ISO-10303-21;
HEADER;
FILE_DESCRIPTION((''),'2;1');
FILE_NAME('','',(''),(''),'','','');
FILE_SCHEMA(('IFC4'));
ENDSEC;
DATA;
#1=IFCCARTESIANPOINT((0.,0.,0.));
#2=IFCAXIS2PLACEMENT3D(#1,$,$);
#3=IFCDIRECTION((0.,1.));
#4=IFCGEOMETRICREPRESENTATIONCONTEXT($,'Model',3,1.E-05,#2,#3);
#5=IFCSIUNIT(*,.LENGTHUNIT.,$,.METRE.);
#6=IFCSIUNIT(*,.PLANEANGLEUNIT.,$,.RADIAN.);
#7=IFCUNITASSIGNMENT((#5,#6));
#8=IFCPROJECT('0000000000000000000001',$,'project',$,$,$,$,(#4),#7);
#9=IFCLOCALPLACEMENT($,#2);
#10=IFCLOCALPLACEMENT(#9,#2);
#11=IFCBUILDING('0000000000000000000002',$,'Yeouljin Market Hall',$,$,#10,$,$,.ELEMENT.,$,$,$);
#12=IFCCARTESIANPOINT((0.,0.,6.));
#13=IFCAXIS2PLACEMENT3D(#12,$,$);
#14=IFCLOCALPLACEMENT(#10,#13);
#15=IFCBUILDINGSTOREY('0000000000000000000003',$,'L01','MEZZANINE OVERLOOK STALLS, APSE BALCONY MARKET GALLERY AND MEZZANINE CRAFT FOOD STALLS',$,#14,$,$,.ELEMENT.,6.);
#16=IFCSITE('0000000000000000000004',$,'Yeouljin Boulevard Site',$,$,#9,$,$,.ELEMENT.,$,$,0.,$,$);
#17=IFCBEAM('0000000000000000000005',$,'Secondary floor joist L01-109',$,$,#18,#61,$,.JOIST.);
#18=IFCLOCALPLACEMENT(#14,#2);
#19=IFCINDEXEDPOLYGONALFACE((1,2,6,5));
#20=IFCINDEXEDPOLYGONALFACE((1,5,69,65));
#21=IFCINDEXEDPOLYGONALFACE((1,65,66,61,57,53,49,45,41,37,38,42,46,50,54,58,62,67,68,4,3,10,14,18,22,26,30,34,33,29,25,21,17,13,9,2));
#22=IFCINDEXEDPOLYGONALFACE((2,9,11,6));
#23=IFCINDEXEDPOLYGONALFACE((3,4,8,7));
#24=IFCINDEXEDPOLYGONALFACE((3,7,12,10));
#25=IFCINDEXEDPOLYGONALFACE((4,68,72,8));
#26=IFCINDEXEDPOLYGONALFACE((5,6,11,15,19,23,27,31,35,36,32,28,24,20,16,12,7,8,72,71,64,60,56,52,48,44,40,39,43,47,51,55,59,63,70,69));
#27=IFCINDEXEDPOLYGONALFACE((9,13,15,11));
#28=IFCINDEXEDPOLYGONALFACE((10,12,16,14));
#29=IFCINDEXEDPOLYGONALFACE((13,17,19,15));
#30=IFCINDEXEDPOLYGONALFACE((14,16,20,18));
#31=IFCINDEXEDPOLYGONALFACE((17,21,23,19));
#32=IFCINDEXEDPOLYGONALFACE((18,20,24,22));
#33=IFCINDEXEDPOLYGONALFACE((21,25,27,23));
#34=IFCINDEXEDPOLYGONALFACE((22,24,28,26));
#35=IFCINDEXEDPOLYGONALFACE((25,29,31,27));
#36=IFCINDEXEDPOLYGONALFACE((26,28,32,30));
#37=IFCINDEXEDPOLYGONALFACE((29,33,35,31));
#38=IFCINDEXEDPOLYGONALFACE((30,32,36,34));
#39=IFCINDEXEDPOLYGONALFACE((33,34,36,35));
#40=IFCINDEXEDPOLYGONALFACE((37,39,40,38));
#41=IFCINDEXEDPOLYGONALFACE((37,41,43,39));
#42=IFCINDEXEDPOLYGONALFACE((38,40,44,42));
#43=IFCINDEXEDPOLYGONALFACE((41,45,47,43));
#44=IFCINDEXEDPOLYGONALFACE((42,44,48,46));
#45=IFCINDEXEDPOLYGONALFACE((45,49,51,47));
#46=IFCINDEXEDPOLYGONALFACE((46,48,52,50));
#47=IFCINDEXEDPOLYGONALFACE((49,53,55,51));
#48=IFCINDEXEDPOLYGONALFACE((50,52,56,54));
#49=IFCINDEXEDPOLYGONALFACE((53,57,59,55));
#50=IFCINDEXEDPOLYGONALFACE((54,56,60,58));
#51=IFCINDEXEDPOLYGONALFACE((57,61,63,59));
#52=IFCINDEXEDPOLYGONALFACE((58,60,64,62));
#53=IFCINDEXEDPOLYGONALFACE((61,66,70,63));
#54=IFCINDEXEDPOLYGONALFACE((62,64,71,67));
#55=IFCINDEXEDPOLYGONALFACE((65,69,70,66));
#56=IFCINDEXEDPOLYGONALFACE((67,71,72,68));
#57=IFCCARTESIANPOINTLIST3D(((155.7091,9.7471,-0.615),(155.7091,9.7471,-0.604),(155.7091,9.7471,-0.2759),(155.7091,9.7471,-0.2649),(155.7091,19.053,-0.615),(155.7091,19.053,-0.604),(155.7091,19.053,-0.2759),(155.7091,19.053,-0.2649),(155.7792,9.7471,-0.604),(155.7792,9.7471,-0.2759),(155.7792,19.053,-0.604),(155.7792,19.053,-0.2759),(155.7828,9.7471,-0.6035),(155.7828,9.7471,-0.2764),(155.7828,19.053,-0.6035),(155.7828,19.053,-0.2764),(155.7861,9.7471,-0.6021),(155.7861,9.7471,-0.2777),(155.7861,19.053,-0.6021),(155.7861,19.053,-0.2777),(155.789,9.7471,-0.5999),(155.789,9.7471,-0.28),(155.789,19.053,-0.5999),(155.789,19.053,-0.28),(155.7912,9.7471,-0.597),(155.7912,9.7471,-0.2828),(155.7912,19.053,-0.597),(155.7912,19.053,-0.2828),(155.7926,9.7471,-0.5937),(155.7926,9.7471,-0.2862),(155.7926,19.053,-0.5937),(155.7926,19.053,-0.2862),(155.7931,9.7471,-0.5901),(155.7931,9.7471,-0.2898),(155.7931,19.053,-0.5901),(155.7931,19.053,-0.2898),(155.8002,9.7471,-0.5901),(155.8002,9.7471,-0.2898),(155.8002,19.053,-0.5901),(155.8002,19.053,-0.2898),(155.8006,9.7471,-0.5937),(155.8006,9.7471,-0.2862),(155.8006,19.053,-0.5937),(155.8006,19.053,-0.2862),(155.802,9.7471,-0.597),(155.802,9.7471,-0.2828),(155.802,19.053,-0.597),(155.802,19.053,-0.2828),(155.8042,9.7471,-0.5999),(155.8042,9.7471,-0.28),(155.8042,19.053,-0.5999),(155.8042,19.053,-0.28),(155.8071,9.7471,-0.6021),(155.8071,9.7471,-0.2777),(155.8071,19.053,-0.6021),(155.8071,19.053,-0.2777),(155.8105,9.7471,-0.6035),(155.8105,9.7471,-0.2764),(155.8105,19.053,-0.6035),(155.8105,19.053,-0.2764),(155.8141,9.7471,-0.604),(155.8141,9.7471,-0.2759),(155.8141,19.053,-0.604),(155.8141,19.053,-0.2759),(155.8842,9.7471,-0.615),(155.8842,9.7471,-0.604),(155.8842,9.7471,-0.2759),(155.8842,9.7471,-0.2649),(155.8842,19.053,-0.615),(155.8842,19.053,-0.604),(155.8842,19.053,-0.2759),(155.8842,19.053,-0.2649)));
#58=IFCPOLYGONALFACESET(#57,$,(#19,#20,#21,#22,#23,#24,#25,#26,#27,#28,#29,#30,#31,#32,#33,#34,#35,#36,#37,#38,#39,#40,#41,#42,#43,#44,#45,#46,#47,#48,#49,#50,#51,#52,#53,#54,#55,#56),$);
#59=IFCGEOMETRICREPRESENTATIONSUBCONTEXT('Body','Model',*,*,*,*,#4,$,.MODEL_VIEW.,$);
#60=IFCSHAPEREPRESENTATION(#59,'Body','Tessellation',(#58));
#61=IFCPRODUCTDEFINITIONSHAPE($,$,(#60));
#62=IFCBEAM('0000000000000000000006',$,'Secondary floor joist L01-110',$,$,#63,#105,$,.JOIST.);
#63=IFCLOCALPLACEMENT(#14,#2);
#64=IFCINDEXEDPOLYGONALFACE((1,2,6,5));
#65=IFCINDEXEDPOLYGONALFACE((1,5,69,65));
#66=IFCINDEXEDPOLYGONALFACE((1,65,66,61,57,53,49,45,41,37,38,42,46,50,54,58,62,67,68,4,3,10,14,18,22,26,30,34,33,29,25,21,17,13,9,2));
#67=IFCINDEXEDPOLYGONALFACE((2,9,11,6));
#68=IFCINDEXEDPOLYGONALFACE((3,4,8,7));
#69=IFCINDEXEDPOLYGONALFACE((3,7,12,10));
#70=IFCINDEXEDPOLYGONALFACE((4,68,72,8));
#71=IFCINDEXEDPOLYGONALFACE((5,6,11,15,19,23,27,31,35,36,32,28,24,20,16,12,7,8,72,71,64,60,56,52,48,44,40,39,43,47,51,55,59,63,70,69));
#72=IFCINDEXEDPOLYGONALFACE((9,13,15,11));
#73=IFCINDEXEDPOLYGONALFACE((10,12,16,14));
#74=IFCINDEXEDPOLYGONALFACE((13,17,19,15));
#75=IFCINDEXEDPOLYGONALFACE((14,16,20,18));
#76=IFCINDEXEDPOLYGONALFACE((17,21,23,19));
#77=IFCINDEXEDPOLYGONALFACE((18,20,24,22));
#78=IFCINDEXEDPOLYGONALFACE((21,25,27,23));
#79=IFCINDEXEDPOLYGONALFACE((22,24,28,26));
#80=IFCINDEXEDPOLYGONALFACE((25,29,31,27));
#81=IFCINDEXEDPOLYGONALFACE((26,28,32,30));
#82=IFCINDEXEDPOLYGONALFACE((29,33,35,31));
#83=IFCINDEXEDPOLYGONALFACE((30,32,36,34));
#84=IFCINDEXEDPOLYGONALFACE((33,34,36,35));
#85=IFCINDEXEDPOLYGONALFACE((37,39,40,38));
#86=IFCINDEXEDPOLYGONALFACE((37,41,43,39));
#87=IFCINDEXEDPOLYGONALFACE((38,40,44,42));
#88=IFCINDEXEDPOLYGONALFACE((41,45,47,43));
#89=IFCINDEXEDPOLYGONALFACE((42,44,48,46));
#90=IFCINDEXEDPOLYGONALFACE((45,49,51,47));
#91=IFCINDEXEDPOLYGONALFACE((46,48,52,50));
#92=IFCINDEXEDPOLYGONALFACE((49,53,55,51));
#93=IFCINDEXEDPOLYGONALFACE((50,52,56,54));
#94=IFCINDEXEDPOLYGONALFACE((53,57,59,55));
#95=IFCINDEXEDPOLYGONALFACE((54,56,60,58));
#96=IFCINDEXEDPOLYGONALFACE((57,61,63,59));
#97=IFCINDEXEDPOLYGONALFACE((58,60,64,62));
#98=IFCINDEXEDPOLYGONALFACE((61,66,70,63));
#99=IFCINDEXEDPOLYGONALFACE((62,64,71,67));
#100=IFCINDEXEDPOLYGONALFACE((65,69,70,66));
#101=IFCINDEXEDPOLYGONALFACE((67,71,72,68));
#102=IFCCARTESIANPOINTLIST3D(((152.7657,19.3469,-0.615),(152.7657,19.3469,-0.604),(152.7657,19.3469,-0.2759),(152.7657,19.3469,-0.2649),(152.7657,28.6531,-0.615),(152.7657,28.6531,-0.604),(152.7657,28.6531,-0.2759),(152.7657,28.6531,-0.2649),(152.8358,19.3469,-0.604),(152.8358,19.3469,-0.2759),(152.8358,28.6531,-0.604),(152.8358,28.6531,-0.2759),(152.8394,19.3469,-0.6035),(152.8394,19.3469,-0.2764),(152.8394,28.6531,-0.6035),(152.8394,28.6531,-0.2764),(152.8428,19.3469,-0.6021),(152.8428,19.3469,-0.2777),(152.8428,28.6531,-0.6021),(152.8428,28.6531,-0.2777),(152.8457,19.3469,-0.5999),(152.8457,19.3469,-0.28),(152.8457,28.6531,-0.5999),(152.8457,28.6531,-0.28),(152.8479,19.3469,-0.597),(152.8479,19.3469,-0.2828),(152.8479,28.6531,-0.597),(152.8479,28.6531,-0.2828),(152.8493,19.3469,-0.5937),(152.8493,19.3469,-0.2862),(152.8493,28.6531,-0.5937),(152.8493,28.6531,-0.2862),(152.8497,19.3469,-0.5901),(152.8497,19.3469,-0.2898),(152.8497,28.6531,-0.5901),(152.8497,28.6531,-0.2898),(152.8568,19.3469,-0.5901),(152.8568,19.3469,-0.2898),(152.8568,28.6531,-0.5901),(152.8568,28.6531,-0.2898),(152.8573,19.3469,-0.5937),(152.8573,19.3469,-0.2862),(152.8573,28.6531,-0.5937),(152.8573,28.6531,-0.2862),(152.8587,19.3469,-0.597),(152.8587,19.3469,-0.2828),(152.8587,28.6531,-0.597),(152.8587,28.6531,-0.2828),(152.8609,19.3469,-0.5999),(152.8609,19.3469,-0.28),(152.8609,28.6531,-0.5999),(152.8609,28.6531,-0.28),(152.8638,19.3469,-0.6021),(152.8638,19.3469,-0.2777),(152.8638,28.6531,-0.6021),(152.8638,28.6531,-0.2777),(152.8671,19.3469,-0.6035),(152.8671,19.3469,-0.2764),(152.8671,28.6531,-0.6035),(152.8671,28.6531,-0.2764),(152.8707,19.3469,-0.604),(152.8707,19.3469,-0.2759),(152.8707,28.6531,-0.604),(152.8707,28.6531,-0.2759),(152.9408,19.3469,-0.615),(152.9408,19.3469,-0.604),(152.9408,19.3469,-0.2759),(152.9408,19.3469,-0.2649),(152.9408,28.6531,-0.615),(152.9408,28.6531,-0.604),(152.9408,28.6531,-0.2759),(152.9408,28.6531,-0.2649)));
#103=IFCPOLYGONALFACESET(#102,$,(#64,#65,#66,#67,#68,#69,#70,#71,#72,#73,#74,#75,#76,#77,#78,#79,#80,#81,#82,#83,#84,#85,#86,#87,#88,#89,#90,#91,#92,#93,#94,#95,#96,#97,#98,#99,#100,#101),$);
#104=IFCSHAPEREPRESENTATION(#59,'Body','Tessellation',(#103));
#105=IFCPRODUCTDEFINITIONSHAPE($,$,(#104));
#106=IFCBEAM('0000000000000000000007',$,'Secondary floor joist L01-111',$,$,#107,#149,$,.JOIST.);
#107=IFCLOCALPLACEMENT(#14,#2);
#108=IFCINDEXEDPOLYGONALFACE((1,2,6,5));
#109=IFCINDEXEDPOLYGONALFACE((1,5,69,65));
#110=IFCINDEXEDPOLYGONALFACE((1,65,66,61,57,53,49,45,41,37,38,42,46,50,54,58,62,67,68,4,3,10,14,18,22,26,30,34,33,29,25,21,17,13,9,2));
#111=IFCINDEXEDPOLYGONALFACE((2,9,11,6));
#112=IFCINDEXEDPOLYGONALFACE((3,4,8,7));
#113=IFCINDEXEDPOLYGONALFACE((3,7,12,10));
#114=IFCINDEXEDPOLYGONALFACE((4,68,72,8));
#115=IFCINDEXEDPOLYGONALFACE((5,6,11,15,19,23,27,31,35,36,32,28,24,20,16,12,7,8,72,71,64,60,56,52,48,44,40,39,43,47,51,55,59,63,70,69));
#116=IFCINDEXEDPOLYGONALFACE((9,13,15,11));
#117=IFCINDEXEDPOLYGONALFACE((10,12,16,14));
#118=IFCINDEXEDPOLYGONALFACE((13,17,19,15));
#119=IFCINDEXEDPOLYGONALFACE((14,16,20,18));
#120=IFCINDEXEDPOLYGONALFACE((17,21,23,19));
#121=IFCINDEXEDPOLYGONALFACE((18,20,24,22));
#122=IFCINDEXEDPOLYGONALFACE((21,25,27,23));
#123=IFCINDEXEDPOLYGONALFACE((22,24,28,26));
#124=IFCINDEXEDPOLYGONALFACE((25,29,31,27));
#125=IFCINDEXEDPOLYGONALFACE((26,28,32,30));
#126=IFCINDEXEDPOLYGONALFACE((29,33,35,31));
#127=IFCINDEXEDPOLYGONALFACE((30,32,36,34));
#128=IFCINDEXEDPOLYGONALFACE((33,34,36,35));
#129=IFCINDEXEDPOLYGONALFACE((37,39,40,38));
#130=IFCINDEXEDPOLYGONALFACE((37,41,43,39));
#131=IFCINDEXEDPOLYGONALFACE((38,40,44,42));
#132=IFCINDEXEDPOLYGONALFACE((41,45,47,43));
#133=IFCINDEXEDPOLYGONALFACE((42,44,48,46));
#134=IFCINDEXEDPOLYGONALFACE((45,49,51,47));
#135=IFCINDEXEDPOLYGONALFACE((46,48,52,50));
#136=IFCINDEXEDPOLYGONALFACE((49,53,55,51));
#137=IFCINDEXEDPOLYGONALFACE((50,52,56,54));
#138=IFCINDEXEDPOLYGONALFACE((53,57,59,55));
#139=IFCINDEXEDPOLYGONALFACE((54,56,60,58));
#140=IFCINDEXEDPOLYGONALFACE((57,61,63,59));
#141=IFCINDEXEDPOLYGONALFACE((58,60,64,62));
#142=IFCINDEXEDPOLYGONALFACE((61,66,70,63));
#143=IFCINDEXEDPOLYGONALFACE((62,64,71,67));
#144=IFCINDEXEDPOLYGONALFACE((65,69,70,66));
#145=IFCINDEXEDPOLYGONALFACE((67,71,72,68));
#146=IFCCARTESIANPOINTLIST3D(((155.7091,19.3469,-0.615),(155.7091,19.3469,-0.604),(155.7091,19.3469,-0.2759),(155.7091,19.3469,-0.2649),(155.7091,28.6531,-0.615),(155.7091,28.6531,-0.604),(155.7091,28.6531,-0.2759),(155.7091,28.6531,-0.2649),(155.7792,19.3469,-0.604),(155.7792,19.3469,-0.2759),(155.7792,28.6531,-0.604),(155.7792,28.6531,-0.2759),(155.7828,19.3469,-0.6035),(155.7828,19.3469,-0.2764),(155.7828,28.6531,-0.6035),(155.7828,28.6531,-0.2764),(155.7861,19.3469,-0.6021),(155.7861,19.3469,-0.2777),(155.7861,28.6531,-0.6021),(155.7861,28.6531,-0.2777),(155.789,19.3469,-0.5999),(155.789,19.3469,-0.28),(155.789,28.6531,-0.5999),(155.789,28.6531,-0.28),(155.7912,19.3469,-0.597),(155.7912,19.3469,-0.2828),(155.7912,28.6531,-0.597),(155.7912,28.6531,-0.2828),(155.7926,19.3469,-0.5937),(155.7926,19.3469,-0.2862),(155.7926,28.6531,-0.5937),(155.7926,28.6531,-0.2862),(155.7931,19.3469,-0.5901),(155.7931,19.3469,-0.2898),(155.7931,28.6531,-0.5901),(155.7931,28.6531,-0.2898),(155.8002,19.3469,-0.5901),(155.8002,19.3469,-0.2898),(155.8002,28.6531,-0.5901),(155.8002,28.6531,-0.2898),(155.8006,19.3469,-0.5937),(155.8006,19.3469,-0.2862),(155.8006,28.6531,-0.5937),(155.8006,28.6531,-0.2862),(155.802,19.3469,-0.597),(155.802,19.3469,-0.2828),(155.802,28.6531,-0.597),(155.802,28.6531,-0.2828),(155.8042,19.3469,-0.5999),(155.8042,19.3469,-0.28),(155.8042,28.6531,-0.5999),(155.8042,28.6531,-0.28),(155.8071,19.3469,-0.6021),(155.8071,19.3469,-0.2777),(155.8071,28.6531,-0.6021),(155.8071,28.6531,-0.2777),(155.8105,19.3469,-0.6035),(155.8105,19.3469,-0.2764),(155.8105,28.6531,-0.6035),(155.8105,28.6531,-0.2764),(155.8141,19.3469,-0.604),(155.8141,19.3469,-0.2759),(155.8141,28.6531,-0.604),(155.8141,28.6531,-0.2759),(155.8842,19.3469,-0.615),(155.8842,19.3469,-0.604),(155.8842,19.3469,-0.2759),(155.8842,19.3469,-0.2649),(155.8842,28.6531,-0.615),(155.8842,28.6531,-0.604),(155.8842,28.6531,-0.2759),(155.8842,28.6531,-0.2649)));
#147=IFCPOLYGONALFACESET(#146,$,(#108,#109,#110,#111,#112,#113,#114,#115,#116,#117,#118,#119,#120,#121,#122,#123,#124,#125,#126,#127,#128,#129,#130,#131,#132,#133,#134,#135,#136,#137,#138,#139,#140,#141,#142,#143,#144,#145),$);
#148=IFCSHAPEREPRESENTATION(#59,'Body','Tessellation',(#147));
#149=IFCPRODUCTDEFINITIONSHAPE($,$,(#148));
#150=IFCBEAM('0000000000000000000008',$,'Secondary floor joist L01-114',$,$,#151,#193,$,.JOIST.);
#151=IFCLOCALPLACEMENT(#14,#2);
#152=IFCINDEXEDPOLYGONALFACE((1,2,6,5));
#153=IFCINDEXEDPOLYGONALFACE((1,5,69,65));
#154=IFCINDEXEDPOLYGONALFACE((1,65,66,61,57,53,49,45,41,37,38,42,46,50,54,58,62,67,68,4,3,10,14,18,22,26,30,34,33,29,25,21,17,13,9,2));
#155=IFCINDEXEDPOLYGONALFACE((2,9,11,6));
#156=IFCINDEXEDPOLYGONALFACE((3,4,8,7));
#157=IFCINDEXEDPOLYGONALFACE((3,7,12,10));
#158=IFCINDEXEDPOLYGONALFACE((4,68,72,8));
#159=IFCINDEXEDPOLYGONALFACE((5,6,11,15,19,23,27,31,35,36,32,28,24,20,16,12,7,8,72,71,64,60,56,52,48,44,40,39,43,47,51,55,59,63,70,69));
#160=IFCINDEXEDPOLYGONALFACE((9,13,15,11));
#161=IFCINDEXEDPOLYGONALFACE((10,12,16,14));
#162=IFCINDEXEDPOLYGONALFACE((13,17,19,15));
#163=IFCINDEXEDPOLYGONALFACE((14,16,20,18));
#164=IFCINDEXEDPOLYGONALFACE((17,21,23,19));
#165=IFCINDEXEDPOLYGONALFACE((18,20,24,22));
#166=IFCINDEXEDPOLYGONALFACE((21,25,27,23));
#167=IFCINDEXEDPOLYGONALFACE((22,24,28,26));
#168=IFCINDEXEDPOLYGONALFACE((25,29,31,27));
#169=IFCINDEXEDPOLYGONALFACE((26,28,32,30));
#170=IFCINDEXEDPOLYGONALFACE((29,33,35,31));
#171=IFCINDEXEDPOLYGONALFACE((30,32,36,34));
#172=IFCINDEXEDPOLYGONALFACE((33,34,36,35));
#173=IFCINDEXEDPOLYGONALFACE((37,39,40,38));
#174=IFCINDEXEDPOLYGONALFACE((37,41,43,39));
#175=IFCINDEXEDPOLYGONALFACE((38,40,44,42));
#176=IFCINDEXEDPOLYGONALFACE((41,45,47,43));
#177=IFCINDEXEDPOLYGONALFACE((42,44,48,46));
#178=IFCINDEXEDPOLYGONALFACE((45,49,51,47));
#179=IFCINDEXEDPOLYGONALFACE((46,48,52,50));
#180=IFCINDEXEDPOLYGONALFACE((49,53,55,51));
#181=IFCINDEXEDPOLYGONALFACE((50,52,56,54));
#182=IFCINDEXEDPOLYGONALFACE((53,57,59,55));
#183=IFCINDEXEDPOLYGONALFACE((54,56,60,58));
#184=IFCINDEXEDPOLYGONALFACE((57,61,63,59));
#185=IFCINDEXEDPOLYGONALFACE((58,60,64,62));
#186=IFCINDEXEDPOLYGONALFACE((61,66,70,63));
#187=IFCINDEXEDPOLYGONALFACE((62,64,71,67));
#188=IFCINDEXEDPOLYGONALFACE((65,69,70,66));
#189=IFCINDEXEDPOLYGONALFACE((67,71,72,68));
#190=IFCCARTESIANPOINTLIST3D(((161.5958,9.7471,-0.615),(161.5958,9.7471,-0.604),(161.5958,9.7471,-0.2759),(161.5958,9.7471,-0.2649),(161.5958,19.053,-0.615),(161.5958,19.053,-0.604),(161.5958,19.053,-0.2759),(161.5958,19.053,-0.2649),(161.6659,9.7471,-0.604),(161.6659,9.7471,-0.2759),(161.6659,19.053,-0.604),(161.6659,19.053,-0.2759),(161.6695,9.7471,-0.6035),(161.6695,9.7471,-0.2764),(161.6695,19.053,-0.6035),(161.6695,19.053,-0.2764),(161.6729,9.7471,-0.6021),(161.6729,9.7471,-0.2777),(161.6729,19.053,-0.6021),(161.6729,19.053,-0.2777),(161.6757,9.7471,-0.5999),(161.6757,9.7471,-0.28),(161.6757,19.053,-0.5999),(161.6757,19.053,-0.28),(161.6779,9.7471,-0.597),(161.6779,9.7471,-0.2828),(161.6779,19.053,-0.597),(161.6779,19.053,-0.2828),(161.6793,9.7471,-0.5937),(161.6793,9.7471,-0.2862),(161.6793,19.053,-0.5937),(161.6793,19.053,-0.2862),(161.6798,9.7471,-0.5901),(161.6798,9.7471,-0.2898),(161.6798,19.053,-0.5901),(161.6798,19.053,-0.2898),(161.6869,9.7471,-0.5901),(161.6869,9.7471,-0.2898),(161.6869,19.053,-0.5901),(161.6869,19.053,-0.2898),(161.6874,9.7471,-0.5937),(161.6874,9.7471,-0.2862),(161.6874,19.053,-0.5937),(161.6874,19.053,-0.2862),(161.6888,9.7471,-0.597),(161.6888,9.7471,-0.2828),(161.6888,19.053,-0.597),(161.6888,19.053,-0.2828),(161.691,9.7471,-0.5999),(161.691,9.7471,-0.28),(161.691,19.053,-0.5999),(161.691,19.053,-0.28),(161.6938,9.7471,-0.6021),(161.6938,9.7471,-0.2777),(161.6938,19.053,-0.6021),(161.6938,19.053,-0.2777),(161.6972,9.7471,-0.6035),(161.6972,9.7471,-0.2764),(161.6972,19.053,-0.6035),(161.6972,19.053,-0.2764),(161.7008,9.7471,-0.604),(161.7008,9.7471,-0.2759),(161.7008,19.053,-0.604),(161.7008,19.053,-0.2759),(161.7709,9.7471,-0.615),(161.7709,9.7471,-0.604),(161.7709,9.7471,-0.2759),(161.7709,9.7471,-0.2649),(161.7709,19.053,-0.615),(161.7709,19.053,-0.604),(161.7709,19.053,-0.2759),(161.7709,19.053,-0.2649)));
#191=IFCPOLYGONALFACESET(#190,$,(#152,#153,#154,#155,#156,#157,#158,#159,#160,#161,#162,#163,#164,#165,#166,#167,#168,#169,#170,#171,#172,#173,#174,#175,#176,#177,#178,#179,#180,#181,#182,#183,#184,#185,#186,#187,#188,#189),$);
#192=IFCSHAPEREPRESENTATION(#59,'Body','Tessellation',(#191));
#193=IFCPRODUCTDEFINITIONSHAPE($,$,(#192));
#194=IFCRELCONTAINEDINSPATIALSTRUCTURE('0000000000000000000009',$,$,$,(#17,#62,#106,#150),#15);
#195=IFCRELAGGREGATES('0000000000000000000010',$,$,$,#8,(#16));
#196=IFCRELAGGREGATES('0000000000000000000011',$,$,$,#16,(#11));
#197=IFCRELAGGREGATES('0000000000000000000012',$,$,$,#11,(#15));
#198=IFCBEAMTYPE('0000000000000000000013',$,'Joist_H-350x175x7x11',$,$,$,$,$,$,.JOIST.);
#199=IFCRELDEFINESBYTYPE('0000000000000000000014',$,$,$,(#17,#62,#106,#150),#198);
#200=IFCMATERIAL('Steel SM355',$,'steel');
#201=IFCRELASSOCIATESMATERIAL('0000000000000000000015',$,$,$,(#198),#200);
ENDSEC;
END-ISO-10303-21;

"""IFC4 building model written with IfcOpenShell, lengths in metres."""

from ifc_helpers import new_model, si_unit, direction, frame, origin, origin_2d, place, context, subcontext, project, spatial, i_section, extrude, material, material_profile, profile_set, type_object, element, save


model = new_model("IFC4")

# Units and contexts
model_context = context("Model", 3, precision=1e-05, world=origin(), true_north=direction((0.0, 1.0)))
body_context = subcontext(model_context, "Body", "Model", "MODEL_VIEW")
ifc_project = project(units=[si_unit("LENGTHUNIT", "METRE"), si_unit("PLANEANGLEUNIT", "RADIAN")], contexts=[model_context])

# Site, building, storey
site_placement = place(None, origin())
site = spatial("IfcSite", under=ifc_project, at=site_placement, Name="Yeouljin Boulevard Site", CompositionType="ELEMENT", RefElevation=0.0)
building_placement = place(site_placement, origin())
building = spatial("IfcBuilding", under=site, at=building_placement, Name="Yeouljin Market Hall", CompositionType="ELEMENT")
storey_placement = place(building_placement, frame((0.0, 0.0, 6.0)))
storey = spatial("IfcBuildingStorey", under=building, at=storey_placement, Name="L01", Description="MEZZANINE OVERLOOK STALLS, APSE BALCONY MARKET GALLERY AND MEZZANINE CRAFT FOOD STALLS", CompositionType="ELEMENT", Elevation=6.0)

# Beams
ifc_material_1 = material(Name="Steel SM355", Category="steel")
ifc_material_profile_1 = material_profile(ifc_material_1, i_section(OverallWidth=0.175, OverallDepth=0.3501, WebThickness=0.0071, FlangeThickness=0.011, FilletRadius=0.0139, at=origin_2d()), Name="H-350x175x7x11")
ifc_profile_set_1 = profile_set([ifc_material_profile_1], Name="Steel SM355")
beam_type_1 = type_object("IfcBeamType", Name="Joist_H-350x175x7x11", PredefinedType="JOIST", material=ifc_profile_set_1)
for number, where, z_axis, x_axis, name in (
    (1, (155.7966, 9.7471, -0.4399), (0.0, 1.0, 0.0), (-1.0, 0.0, 0.0), "Secondary floor joist L01-109"),
):
    element("IfcBeam", number, at=place(storey_placement, frame(where, z_axis=z_axis, x_axis=x_axis)), inside=storey, type_object=beam_type_1, Name=name, PredefinedType="JOIST", context=body_context, shape_type="SweptSolid", body=[
        extrude(i_section(OverallWidth=0.175, OverallDepth=0.3501, WebThickness=0.0071, FlangeThickness=0.011, FilletRadius=0.0139, at=origin_2d()), origin(), (0.0, 0.0, 1.0), 9.3059),
    ])
for number, where, z_axis, x_axis, name in (
    (2, (152.8533, 19.3469, -0.4399), (0.0, 1.0, 0.0), (-1.0, 0.0, 0.0), "Secondary floor joist L01-110"),
    (3, (155.7966, 19.3469, -0.4399), (0.0, 1.0, 0.0), (-1.0, 0.0, 0.0), "Secondary floor joist L01-111"),
):
    element("IfcBeam", number, at=place(storey_placement, frame(where, z_axis=z_axis, x_axis=x_axis)), inside=storey, type_object=beam_type_1, Name=name, PredefinedType="JOIST", context=body_context, shape_type="SweptSolid", body=[
        extrude(i_section(OverallWidth=0.175, OverallDepth=0.3501, WebThickness=0.0071, FlangeThickness=0.011, FilletRadius=0.0139, at=origin_2d()), origin(), (0.0, 0.0, 1.0), 9.3062),
    ])
beam_1_placement = place(storey_placement, frame((161.6833, 9.7471, -0.4399), z_axis=(0.0, 1.0, 0.0), x_axis=(-1.0, 0.0, 0.0)))
element("IfcBeam", 4, at=beam_1_placement, inside=storey, type_object=beam_type_1, Name="Secondary floor joist L01-114", PredefinedType="JOIST", context=body_context, shape_type="SweptSolid", body=[
    extrude(i_section(OverallWidth=0.175, OverallDepth=0.3501, WebThickness=0.0071, FlangeThickness=0.011, FilletRadius=0.0139, at=origin_2d()), origin(), (0.0, 0.0, 1.0), 9.3059),
])

save(model, "model.ifc")
